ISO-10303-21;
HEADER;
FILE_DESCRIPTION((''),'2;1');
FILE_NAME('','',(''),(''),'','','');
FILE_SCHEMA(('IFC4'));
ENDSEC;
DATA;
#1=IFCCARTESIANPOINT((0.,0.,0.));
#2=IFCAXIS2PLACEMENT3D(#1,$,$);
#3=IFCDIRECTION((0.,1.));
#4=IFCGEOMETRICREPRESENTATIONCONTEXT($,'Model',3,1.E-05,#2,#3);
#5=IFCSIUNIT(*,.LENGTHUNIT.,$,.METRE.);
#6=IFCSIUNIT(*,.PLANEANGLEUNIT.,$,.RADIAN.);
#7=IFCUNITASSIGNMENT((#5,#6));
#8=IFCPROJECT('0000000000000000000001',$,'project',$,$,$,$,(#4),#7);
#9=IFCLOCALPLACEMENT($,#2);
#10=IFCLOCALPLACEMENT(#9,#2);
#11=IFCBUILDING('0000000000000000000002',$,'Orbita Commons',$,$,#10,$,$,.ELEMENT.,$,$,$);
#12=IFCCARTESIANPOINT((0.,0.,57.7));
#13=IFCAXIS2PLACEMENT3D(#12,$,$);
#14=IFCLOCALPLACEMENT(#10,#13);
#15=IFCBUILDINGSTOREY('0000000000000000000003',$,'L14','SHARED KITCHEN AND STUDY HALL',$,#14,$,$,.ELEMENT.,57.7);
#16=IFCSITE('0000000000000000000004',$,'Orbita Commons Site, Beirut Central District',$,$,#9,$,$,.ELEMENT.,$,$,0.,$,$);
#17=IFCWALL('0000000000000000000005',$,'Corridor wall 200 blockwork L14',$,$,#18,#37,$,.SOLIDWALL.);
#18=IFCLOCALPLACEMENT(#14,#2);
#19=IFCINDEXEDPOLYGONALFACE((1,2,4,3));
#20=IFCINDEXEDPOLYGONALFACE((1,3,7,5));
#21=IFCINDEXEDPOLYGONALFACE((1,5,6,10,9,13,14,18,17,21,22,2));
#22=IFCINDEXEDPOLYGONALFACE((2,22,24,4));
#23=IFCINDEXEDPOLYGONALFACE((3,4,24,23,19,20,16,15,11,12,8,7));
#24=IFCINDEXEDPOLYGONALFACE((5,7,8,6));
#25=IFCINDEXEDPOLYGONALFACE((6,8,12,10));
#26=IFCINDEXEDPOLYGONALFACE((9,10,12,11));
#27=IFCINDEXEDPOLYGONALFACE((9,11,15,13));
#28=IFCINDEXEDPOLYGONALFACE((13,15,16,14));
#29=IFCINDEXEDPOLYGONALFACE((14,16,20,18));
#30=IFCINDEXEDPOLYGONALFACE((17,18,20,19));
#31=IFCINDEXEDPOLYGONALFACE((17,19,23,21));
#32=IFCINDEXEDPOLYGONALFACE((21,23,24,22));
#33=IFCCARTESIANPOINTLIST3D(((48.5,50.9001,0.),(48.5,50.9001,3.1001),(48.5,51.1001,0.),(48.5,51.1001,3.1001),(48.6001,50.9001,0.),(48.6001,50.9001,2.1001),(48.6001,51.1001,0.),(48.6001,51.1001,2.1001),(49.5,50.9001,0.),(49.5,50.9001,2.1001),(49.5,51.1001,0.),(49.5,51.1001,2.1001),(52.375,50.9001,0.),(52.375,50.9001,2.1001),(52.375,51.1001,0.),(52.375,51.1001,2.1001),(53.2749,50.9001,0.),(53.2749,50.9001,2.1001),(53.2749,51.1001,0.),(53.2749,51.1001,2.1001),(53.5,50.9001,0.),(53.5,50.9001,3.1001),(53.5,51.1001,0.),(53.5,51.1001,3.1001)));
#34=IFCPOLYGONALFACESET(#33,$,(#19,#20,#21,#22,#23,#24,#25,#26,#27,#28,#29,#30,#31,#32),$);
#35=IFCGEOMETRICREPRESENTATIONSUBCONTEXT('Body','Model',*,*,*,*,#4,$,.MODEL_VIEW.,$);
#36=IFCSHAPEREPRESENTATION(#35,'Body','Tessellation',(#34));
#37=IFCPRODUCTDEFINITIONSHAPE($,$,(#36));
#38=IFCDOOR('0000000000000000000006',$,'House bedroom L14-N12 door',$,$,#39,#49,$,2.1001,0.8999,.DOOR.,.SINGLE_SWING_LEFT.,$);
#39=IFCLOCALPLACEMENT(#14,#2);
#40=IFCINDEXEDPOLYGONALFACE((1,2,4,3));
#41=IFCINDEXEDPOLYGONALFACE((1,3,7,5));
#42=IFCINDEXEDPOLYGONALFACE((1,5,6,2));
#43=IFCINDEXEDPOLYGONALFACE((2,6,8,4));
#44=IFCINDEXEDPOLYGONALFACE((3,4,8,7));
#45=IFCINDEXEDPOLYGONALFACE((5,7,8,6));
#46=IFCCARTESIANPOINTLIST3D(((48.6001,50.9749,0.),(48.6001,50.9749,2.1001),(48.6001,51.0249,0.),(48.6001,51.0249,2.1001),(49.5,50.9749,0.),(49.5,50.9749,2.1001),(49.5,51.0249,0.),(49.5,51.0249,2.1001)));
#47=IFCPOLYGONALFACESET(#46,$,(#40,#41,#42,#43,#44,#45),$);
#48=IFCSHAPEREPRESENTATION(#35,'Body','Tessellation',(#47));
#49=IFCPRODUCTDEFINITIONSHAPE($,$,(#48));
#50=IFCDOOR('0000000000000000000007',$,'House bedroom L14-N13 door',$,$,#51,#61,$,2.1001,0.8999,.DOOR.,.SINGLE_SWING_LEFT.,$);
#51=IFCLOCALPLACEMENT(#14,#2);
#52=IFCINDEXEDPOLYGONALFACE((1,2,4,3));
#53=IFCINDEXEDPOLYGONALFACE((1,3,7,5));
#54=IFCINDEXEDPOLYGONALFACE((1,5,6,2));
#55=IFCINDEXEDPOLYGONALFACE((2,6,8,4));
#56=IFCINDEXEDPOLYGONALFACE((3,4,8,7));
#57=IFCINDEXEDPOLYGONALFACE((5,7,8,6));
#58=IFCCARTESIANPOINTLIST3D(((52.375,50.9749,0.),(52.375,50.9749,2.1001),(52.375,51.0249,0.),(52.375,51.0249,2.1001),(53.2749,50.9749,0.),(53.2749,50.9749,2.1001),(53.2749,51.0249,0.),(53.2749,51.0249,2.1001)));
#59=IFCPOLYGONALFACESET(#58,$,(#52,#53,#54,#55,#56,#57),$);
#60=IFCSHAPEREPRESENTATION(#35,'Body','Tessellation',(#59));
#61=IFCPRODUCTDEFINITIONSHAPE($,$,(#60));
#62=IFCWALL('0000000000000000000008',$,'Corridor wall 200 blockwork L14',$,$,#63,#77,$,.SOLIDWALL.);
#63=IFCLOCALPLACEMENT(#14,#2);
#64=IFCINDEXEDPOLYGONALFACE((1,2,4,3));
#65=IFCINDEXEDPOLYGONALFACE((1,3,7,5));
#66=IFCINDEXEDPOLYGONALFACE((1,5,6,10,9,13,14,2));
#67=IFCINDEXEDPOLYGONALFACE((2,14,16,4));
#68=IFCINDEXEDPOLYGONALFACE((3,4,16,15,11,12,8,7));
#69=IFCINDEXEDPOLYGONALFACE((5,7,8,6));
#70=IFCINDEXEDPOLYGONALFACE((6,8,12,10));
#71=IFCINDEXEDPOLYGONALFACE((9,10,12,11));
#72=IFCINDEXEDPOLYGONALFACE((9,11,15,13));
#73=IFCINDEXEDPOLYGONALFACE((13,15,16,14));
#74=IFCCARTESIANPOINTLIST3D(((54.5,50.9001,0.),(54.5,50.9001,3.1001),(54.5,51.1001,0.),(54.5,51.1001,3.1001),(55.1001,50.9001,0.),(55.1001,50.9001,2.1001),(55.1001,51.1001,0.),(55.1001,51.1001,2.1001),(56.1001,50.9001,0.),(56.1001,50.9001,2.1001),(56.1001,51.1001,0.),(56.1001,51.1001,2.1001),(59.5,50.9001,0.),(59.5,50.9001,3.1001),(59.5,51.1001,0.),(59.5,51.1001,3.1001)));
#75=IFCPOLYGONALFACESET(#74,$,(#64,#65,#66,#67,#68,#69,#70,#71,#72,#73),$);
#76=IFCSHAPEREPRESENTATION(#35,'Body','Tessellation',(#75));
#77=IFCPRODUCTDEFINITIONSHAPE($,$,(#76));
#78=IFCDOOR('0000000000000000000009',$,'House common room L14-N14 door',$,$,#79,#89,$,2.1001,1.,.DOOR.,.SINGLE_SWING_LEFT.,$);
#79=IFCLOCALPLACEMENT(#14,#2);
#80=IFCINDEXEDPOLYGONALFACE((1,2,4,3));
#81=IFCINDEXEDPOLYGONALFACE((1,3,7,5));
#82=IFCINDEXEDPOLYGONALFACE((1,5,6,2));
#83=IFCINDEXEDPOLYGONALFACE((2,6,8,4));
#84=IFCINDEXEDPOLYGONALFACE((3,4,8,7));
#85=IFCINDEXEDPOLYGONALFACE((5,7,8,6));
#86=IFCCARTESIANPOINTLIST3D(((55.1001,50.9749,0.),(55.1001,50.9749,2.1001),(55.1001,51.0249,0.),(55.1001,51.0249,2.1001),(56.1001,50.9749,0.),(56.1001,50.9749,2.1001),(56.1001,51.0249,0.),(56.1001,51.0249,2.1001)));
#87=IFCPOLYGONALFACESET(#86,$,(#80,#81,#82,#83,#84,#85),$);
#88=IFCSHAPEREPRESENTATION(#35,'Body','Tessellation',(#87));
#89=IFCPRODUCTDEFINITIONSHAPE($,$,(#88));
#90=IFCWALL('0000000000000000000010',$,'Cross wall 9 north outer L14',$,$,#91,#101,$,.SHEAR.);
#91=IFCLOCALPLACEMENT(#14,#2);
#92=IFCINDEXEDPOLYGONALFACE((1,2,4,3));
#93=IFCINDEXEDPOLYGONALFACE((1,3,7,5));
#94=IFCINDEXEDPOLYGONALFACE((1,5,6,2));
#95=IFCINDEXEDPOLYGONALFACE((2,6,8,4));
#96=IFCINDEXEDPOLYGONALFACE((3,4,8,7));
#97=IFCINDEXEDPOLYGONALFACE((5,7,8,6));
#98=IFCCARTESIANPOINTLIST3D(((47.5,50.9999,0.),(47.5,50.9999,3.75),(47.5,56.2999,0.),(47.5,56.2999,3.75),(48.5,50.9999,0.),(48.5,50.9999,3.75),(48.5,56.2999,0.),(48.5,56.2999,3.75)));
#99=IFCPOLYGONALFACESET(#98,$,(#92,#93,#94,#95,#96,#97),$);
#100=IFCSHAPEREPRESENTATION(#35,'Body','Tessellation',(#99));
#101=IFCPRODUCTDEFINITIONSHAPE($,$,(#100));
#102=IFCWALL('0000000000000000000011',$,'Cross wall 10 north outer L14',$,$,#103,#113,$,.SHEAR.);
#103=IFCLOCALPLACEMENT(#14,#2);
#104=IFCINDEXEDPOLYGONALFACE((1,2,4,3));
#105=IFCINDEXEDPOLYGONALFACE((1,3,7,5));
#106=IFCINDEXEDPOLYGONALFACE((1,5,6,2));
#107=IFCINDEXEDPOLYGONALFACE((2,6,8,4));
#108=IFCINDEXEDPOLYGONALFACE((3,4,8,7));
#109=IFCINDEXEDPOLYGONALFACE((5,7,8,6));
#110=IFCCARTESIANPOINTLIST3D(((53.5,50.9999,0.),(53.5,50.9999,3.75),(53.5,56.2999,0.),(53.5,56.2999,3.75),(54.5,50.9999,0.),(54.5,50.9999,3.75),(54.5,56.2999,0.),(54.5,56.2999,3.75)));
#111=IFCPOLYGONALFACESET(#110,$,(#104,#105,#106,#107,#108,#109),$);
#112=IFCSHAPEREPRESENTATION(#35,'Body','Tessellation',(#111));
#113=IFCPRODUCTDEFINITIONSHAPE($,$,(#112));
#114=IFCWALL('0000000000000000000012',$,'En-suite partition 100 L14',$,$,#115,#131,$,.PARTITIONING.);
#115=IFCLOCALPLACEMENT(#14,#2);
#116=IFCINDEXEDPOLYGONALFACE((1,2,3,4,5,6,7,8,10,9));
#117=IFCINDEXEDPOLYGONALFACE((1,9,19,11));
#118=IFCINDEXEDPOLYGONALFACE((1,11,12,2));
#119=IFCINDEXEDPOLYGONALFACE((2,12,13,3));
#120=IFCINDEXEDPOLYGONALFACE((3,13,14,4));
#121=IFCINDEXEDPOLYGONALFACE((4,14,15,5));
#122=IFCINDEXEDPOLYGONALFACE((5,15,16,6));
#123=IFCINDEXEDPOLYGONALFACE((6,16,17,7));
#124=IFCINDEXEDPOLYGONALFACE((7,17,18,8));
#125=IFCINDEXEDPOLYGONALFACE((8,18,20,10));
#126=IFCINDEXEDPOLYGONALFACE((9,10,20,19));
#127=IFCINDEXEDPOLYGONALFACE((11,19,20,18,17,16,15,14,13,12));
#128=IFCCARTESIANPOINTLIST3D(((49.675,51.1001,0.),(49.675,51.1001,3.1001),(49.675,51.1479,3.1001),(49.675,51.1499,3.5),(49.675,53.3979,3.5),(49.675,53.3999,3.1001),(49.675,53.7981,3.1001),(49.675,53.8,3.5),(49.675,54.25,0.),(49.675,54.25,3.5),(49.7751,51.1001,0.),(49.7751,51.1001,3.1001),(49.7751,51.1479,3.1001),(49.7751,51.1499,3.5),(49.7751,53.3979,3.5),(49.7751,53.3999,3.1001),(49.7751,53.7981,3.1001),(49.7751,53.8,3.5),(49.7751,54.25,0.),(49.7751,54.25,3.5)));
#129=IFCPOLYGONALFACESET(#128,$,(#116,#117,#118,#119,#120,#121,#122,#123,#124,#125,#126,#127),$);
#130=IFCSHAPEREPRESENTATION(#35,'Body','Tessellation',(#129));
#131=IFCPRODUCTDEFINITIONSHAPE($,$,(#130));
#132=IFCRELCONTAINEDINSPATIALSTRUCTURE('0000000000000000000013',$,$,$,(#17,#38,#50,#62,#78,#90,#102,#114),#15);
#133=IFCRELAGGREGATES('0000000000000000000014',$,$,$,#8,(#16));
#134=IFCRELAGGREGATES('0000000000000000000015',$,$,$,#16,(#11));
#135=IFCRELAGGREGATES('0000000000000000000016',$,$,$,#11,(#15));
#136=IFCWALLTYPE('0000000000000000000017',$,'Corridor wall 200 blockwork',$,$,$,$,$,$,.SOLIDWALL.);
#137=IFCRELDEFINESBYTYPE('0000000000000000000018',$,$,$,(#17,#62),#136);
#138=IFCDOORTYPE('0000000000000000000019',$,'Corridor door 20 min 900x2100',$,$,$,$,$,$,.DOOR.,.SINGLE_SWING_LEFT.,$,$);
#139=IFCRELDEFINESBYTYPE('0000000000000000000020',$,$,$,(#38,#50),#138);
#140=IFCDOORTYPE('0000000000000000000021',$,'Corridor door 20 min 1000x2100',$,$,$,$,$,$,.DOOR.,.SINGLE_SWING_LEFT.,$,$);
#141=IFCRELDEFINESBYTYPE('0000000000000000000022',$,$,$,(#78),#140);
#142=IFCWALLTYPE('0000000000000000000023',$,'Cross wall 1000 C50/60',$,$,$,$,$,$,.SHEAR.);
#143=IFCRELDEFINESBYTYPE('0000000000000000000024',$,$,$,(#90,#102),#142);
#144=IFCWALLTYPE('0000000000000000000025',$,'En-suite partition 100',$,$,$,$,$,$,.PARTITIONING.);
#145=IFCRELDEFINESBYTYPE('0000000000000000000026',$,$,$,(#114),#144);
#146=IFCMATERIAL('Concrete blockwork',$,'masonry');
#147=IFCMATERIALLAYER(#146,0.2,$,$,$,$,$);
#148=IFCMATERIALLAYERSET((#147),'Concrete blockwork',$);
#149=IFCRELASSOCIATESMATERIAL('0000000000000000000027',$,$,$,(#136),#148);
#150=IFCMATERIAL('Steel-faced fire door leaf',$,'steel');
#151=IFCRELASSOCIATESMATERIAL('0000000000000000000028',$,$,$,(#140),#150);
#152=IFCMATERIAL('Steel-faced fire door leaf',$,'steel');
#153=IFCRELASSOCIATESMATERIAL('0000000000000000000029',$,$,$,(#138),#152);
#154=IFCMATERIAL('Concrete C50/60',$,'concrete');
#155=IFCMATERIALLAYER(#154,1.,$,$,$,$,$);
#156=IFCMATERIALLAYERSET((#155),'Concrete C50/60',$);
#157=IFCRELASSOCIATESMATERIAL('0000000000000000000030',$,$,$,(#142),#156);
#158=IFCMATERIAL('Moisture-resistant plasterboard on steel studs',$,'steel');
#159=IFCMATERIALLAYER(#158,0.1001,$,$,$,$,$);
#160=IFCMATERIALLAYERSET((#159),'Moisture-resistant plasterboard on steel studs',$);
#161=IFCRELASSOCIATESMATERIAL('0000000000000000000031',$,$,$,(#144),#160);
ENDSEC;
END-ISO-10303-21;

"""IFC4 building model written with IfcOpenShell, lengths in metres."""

from ifc_helpers import new_model, si_unit, direction, frame, frame_2d, origin, place, context, subcontext, project, spatial, polyline, rectangle, outline, extrude, material, layer, layer_set, type_object, element, fill, save


model = new_model("IFC4")

# Units and contexts
model_context = context("Model", 3, precision=1e-05, world=origin(), true_north=direction((0.0, 1.0)))
body_context = subcontext(model_context, "Body", "Model", "MODEL_VIEW")
ifc_project = project(units=[si_unit("LENGTHUNIT", "METRE"), si_unit("PLANEANGLEUNIT", "RADIAN")], contexts=[model_context])

# Site, building, storey
site_placement = place(None, origin())
site = spatial("IfcSite", under=ifc_project, at=site_placement, Name="Orbita Commons Site, Beirut Central District", CompositionType="ELEMENT", RefElevation=0.0)
building_placement = place(site_placement, origin())
building = spatial("IfcBuilding", under=site, at=building_placement, Name="Orbita Commons", CompositionType="ELEMENT")
storey_placement = place(building_placement, frame((0.0, 0.0, 57.7)))
storey = spatial("IfcBuildingStorey", under=building, at=storey_placement, Name="L14", Description="SHARED KITCHEN AND STUDY HALL", CompositionType="ELEMENT", Elevation=57.7)

# Shared definitions
ifc_material_1 = material(Name="Concrete blockwork", Category="masonry")
ifc_layer_1 = layer(ifc_material_1, 0.2)
ifc_layer_set_1 = layer_set([ifc_layer_1], Name="Concrete blockwork")
wall_type_1 = type_object("IfcWallType", Name="Corridor wall 200 blockwork", PredefinedType="SOLIDWALL", material=ifc_layer_set_1)
ifc_material_2 = material(Name="Steel-faced fire door leaf", Category="steel")
door_type_1 = type_object("IfcDoorType", Name="Corridor door 20 min 1000x2100", OperationType="SINGLE_SWING_LEFT", PredefinedType="DOOR", material=ifc_material_2)

# Wall, openings, doors
wall_1_placement = place(storey_placement, frame((48.5, 51.0, 0.0), z_axis=(0.0, 0.0, 1.0), x_axis=(1.0, 0.0, 0.0)))
wall_1 = element("IfcWall", 1, at=wall_1_placement, inside=storey, type_object=wall_type_1, Name="Corridor wall 200 blockwork L14", PredefinedType="SOLIDWALL", context=body_context, shape_type="SweptSolid", body=[
    extrude(outline(polyline([(0.0, 0.0), (5.0, 0.0), (5.0, 3.1001), (0.0, 3.1001), (0.0, 0.0)])), frame((0.0, 0.1001, 0.0), z_axis=(0.0, -1.0, 0.0), x_axis=(1.0, 0.0, 0.0)), (0.0, 0.0, 1.0), 0.2),
])
opening_1_placement = place(wall_1_placement, frame((0.1001, 0.0, 0.0)))
opening_1 = element("IfcOpeningElement", 2, at=opening_1_placement, cuts=wall_1, PredefinedType="OPENING", context=body_context, shape_type="SweptSolid", body=[
    extrude(rectangle(XDim=0.8999, YDim=2.1001, at=frame_2d((0.45, 1.05))), frame((0.0, 0.1099, 0.0), z_axis=(0.0, -1.0, 0.0), x_axis=(1.0, 0.0, 0.0)), (0.0, 0.0, 1.0), 0.22),
])
opening_2_placement = place(wall_1_placement, frame((3.875, 0.0, 0.0)))
opening_2 = element("IfcOpeningElement", 3, at=opening_2_placement, cuts=wall_1, PredefinedType="OPENING", context=body_context, shape_type="SweptSolid", body=[
    extrude(rectangle(XDim=0.8999, YDim=2.1001, at=frame_2d((0.45, 1.05))), frame((0.0, 0.1099, 0.0), z_axis=(0.0, -1.0, 0.0), x_axis=(1.0, 0.0, 0.0)), (0.0, 0.0, 1.0), 0.22),
])
ifc_material_3 = material(Name="Steel-faced fire door leaf", Category="steel")
door_type_2 = type_object("IfcDoorType", Name="Corridor door 20 min 900x2100", OperationType="SINGLE_SWING_LEFT", PredefinedType="DOOR", material=ifc_material_3)
door_1_placement = place(opening_1_placement, origin())
door_1 = element("IfcDoor", 4, at=door_1_placement, inside=storey, type_object=door_type_2, Name="House bedroom L14-N12 door", OperationType="SINGLE_SWING_LEFT", OverallHeight=2.1001, OverallWidth=0.8999, PredefinedType="DOOR", context=body_context, shape_type="SweptSolid", body=[
    extrude(rectangle(XDim=0.8999, YDim=2.1001, at=frame_2d((0.45, 1.05))), frame((0.0, 0.0249, 0.0), z_axis=(0.0, -1.0, 0.0), x_axis=(1.0, 0.0, 0.0)), (0.0, 0.0, 1.0), 0.05),
])
fill(opening_1, door_1)
door_2_placement = place(opening_2_placement, origin())
door_2 = element("IfcDoor", 5, at=door_2_placement, inside=storey, type_object=door_type_2, Name="House bedroom L14-N13 door", OperationType="SINGLE_SWING_LEFT", OverallHeight=2.1001, OverallWidth=0.8999, PredefinedType="DOOR", context=body_context, shape_type="SweptSolid", body=[
    extrude(rectangle(XDim=0.8999, YDim=2.1001, at=frame_2d((0.45, 1.05))), frame((0.0, 0.0249, 0.0), z_axis=(0.0, -1.0, 0.0), x_axis=(1.0, 0.0, 0.0)), (0.0, 0.0, 1.0), 0.05),
])
fill(opening_2, door_2)

# Wall, opening, door
wall_2_placement = place(storey_placement, frame((54.5, 51.0, 0.0), z_axis=(0.0, 0.0, 1.0), x_axis=(1.0, 0.0, 0.0)))
wall_2 = element("IfcWall", 6, at=wall_2_placement, inside=storey, type_object=wall_type_1, Name="Corridor wall 200 blockwork L14", PredefinedType="SOLIDWALL", context=body_context, shape_type="SweptSolid", body=[
    extrude(outline(polyline([(0.0, 0.0), (5.0, 0.0), (5.0, 3.1001), (0.0, 3.1001), (0.0, 0.0)])), frame((0.0, 0.1001, 0.0), z_axis=(0.0, -1.0, 0.0), x_axis=(1.0, 0.0, 0.0)), (0.0, 0.0, 1.0), 0.2),
])
opening_3_placement = place(wall_2_placement, frame((0.6001, 0.0, 0.0)))
opening_3 = element("IfcOpeningElement", 7, at=opening_3_placement, cuts=wall_2, PredefinedType="OPENING", context=body_context, shape_type="SweptSolid", body=[
    extrude(rectangle(XDim=1.0, YDim=2.1001, at=frame_2d((0.5, 1.05))), frame((0.0, 0.1099, 0.0), z_axis=(0.0, -1.0, 0.0), x_axis=(1.0, 0.0, 0.0)), (0.0, 0.0, 1.0), 0.22),
])
door_3_placement = place(opening_3_placement, origin())
door_3 = element("IfcDoor", 8, at=door_3_placement, inside=storey, type_object=door_type_1, Name="House common room L14-N14 door", OperationType="SINGLE_SWING_LEFT", OverallHeight=2.1001, OverallWidth=1.0, PredefinedType="DOOR", context=body_context, shape_type="SweptSolid", body=[
    extrude(rectangle(XDim=1.0, YDim=2.1001, at=frame_2d((0.5, 1.05))), frame((0.0, 0.0249, 0.0), z_axis=(0.0, -1.0, 0.0), x_axis=(1.0, 0.0, 0.0)), (0.0, 0.0, 1.0), 0.05),
])
fill(opening_3, door_3)

# Walls
ifc_material_4 = material(Name="Concrete C50/60", Category="concrete")
ifc_layer_2 = layer(ifc_material_4, 1.0)
ifc_layer_set_2 = layer_set([ifc_layer_2], Name="Concrete C50/60")
wall_type_2 = type_object("IfcWallType", Name="Cross wall 1000 C50/60", PredefinedType="SHEAR", material=ifc_layer_set_2)
for number, where, z_axis, x_axis, name in (
    (9, (48.0, 51.0, 0.0), (0.0, 0.0, 1.0), (0.0, 1.0, 0.0), "Cross wall 9 north outer L14"),
    (10, (54.0, 51.0, 0.0), (0.0, 0.0, 1.0), (0.0, 1.0, 0.0), "Cross wall 10 north outer L14"),
):
    element("IfcWall", number, at=place(storey_placement, frame(where, z_axis=z_axis, x_axis=x_axis)), inside=storey, type_object=wall_type_2, Name=name, PredefinedType="SHEAR", context=body_context, shape_type="SweptSolid", body=[
        extrude(rectangle(XDim=5.3, YDim=1.0, at=frame_2d((2.6499, 0.0))), origin(), (0.0, 0.0, 1.0), 3.75),
    ])
ifc_material_5 = material(Name="Moisture-resistant plasterboard on steel studs", Category="steel")
ifc_layer_3 = layer(ifc_material_5, 0.1001)
ifc_layer_set_3 = layer_set([ifc_layer_3], Name="Moisture-resistant plasterboard on steel studs")
wall_type_3 = type_object("IfcWallType", Name="En-suite partition 100", PredefinedType="PARTITIONING", material=ifc_layer_set_3)
wall_3_placement = place(storey_placement, frame((49.7251, 54.25, 0.0), z_axis=(0.0, 0.0, 1.0), x_axis=(0.0, -1.0, 0.0)))
element("IfcWall", 11, at=wall_3_placement, inside=storey, type_object=wall_type_3, Name="En-suite partition 100 L14", PredefinedType="PARTITIONING", context=body_context, shape_type="SweptSolid", body=[
    extrude(outline(polyline([(0.0, 0.0), (3.1499, 0.0), (3.1499, 3.1001), (3.1021, 3.1001), (3.1001, 3.5), (0.8521, 3.5), (0.8501, 3.1001), (0.4519, 3.1001), (0.45, 3.5), (0.0, 3.5), (0.0, 0.0)])), frame((0.0, 0.05, 0.0), z_axis=(0.0, -1.0, 0.0), x_axis=(1.0, 0.0, 0.0)), (0.0, 0.0, 1.0), 0.1001),
])

save(model, "model.ifc")
